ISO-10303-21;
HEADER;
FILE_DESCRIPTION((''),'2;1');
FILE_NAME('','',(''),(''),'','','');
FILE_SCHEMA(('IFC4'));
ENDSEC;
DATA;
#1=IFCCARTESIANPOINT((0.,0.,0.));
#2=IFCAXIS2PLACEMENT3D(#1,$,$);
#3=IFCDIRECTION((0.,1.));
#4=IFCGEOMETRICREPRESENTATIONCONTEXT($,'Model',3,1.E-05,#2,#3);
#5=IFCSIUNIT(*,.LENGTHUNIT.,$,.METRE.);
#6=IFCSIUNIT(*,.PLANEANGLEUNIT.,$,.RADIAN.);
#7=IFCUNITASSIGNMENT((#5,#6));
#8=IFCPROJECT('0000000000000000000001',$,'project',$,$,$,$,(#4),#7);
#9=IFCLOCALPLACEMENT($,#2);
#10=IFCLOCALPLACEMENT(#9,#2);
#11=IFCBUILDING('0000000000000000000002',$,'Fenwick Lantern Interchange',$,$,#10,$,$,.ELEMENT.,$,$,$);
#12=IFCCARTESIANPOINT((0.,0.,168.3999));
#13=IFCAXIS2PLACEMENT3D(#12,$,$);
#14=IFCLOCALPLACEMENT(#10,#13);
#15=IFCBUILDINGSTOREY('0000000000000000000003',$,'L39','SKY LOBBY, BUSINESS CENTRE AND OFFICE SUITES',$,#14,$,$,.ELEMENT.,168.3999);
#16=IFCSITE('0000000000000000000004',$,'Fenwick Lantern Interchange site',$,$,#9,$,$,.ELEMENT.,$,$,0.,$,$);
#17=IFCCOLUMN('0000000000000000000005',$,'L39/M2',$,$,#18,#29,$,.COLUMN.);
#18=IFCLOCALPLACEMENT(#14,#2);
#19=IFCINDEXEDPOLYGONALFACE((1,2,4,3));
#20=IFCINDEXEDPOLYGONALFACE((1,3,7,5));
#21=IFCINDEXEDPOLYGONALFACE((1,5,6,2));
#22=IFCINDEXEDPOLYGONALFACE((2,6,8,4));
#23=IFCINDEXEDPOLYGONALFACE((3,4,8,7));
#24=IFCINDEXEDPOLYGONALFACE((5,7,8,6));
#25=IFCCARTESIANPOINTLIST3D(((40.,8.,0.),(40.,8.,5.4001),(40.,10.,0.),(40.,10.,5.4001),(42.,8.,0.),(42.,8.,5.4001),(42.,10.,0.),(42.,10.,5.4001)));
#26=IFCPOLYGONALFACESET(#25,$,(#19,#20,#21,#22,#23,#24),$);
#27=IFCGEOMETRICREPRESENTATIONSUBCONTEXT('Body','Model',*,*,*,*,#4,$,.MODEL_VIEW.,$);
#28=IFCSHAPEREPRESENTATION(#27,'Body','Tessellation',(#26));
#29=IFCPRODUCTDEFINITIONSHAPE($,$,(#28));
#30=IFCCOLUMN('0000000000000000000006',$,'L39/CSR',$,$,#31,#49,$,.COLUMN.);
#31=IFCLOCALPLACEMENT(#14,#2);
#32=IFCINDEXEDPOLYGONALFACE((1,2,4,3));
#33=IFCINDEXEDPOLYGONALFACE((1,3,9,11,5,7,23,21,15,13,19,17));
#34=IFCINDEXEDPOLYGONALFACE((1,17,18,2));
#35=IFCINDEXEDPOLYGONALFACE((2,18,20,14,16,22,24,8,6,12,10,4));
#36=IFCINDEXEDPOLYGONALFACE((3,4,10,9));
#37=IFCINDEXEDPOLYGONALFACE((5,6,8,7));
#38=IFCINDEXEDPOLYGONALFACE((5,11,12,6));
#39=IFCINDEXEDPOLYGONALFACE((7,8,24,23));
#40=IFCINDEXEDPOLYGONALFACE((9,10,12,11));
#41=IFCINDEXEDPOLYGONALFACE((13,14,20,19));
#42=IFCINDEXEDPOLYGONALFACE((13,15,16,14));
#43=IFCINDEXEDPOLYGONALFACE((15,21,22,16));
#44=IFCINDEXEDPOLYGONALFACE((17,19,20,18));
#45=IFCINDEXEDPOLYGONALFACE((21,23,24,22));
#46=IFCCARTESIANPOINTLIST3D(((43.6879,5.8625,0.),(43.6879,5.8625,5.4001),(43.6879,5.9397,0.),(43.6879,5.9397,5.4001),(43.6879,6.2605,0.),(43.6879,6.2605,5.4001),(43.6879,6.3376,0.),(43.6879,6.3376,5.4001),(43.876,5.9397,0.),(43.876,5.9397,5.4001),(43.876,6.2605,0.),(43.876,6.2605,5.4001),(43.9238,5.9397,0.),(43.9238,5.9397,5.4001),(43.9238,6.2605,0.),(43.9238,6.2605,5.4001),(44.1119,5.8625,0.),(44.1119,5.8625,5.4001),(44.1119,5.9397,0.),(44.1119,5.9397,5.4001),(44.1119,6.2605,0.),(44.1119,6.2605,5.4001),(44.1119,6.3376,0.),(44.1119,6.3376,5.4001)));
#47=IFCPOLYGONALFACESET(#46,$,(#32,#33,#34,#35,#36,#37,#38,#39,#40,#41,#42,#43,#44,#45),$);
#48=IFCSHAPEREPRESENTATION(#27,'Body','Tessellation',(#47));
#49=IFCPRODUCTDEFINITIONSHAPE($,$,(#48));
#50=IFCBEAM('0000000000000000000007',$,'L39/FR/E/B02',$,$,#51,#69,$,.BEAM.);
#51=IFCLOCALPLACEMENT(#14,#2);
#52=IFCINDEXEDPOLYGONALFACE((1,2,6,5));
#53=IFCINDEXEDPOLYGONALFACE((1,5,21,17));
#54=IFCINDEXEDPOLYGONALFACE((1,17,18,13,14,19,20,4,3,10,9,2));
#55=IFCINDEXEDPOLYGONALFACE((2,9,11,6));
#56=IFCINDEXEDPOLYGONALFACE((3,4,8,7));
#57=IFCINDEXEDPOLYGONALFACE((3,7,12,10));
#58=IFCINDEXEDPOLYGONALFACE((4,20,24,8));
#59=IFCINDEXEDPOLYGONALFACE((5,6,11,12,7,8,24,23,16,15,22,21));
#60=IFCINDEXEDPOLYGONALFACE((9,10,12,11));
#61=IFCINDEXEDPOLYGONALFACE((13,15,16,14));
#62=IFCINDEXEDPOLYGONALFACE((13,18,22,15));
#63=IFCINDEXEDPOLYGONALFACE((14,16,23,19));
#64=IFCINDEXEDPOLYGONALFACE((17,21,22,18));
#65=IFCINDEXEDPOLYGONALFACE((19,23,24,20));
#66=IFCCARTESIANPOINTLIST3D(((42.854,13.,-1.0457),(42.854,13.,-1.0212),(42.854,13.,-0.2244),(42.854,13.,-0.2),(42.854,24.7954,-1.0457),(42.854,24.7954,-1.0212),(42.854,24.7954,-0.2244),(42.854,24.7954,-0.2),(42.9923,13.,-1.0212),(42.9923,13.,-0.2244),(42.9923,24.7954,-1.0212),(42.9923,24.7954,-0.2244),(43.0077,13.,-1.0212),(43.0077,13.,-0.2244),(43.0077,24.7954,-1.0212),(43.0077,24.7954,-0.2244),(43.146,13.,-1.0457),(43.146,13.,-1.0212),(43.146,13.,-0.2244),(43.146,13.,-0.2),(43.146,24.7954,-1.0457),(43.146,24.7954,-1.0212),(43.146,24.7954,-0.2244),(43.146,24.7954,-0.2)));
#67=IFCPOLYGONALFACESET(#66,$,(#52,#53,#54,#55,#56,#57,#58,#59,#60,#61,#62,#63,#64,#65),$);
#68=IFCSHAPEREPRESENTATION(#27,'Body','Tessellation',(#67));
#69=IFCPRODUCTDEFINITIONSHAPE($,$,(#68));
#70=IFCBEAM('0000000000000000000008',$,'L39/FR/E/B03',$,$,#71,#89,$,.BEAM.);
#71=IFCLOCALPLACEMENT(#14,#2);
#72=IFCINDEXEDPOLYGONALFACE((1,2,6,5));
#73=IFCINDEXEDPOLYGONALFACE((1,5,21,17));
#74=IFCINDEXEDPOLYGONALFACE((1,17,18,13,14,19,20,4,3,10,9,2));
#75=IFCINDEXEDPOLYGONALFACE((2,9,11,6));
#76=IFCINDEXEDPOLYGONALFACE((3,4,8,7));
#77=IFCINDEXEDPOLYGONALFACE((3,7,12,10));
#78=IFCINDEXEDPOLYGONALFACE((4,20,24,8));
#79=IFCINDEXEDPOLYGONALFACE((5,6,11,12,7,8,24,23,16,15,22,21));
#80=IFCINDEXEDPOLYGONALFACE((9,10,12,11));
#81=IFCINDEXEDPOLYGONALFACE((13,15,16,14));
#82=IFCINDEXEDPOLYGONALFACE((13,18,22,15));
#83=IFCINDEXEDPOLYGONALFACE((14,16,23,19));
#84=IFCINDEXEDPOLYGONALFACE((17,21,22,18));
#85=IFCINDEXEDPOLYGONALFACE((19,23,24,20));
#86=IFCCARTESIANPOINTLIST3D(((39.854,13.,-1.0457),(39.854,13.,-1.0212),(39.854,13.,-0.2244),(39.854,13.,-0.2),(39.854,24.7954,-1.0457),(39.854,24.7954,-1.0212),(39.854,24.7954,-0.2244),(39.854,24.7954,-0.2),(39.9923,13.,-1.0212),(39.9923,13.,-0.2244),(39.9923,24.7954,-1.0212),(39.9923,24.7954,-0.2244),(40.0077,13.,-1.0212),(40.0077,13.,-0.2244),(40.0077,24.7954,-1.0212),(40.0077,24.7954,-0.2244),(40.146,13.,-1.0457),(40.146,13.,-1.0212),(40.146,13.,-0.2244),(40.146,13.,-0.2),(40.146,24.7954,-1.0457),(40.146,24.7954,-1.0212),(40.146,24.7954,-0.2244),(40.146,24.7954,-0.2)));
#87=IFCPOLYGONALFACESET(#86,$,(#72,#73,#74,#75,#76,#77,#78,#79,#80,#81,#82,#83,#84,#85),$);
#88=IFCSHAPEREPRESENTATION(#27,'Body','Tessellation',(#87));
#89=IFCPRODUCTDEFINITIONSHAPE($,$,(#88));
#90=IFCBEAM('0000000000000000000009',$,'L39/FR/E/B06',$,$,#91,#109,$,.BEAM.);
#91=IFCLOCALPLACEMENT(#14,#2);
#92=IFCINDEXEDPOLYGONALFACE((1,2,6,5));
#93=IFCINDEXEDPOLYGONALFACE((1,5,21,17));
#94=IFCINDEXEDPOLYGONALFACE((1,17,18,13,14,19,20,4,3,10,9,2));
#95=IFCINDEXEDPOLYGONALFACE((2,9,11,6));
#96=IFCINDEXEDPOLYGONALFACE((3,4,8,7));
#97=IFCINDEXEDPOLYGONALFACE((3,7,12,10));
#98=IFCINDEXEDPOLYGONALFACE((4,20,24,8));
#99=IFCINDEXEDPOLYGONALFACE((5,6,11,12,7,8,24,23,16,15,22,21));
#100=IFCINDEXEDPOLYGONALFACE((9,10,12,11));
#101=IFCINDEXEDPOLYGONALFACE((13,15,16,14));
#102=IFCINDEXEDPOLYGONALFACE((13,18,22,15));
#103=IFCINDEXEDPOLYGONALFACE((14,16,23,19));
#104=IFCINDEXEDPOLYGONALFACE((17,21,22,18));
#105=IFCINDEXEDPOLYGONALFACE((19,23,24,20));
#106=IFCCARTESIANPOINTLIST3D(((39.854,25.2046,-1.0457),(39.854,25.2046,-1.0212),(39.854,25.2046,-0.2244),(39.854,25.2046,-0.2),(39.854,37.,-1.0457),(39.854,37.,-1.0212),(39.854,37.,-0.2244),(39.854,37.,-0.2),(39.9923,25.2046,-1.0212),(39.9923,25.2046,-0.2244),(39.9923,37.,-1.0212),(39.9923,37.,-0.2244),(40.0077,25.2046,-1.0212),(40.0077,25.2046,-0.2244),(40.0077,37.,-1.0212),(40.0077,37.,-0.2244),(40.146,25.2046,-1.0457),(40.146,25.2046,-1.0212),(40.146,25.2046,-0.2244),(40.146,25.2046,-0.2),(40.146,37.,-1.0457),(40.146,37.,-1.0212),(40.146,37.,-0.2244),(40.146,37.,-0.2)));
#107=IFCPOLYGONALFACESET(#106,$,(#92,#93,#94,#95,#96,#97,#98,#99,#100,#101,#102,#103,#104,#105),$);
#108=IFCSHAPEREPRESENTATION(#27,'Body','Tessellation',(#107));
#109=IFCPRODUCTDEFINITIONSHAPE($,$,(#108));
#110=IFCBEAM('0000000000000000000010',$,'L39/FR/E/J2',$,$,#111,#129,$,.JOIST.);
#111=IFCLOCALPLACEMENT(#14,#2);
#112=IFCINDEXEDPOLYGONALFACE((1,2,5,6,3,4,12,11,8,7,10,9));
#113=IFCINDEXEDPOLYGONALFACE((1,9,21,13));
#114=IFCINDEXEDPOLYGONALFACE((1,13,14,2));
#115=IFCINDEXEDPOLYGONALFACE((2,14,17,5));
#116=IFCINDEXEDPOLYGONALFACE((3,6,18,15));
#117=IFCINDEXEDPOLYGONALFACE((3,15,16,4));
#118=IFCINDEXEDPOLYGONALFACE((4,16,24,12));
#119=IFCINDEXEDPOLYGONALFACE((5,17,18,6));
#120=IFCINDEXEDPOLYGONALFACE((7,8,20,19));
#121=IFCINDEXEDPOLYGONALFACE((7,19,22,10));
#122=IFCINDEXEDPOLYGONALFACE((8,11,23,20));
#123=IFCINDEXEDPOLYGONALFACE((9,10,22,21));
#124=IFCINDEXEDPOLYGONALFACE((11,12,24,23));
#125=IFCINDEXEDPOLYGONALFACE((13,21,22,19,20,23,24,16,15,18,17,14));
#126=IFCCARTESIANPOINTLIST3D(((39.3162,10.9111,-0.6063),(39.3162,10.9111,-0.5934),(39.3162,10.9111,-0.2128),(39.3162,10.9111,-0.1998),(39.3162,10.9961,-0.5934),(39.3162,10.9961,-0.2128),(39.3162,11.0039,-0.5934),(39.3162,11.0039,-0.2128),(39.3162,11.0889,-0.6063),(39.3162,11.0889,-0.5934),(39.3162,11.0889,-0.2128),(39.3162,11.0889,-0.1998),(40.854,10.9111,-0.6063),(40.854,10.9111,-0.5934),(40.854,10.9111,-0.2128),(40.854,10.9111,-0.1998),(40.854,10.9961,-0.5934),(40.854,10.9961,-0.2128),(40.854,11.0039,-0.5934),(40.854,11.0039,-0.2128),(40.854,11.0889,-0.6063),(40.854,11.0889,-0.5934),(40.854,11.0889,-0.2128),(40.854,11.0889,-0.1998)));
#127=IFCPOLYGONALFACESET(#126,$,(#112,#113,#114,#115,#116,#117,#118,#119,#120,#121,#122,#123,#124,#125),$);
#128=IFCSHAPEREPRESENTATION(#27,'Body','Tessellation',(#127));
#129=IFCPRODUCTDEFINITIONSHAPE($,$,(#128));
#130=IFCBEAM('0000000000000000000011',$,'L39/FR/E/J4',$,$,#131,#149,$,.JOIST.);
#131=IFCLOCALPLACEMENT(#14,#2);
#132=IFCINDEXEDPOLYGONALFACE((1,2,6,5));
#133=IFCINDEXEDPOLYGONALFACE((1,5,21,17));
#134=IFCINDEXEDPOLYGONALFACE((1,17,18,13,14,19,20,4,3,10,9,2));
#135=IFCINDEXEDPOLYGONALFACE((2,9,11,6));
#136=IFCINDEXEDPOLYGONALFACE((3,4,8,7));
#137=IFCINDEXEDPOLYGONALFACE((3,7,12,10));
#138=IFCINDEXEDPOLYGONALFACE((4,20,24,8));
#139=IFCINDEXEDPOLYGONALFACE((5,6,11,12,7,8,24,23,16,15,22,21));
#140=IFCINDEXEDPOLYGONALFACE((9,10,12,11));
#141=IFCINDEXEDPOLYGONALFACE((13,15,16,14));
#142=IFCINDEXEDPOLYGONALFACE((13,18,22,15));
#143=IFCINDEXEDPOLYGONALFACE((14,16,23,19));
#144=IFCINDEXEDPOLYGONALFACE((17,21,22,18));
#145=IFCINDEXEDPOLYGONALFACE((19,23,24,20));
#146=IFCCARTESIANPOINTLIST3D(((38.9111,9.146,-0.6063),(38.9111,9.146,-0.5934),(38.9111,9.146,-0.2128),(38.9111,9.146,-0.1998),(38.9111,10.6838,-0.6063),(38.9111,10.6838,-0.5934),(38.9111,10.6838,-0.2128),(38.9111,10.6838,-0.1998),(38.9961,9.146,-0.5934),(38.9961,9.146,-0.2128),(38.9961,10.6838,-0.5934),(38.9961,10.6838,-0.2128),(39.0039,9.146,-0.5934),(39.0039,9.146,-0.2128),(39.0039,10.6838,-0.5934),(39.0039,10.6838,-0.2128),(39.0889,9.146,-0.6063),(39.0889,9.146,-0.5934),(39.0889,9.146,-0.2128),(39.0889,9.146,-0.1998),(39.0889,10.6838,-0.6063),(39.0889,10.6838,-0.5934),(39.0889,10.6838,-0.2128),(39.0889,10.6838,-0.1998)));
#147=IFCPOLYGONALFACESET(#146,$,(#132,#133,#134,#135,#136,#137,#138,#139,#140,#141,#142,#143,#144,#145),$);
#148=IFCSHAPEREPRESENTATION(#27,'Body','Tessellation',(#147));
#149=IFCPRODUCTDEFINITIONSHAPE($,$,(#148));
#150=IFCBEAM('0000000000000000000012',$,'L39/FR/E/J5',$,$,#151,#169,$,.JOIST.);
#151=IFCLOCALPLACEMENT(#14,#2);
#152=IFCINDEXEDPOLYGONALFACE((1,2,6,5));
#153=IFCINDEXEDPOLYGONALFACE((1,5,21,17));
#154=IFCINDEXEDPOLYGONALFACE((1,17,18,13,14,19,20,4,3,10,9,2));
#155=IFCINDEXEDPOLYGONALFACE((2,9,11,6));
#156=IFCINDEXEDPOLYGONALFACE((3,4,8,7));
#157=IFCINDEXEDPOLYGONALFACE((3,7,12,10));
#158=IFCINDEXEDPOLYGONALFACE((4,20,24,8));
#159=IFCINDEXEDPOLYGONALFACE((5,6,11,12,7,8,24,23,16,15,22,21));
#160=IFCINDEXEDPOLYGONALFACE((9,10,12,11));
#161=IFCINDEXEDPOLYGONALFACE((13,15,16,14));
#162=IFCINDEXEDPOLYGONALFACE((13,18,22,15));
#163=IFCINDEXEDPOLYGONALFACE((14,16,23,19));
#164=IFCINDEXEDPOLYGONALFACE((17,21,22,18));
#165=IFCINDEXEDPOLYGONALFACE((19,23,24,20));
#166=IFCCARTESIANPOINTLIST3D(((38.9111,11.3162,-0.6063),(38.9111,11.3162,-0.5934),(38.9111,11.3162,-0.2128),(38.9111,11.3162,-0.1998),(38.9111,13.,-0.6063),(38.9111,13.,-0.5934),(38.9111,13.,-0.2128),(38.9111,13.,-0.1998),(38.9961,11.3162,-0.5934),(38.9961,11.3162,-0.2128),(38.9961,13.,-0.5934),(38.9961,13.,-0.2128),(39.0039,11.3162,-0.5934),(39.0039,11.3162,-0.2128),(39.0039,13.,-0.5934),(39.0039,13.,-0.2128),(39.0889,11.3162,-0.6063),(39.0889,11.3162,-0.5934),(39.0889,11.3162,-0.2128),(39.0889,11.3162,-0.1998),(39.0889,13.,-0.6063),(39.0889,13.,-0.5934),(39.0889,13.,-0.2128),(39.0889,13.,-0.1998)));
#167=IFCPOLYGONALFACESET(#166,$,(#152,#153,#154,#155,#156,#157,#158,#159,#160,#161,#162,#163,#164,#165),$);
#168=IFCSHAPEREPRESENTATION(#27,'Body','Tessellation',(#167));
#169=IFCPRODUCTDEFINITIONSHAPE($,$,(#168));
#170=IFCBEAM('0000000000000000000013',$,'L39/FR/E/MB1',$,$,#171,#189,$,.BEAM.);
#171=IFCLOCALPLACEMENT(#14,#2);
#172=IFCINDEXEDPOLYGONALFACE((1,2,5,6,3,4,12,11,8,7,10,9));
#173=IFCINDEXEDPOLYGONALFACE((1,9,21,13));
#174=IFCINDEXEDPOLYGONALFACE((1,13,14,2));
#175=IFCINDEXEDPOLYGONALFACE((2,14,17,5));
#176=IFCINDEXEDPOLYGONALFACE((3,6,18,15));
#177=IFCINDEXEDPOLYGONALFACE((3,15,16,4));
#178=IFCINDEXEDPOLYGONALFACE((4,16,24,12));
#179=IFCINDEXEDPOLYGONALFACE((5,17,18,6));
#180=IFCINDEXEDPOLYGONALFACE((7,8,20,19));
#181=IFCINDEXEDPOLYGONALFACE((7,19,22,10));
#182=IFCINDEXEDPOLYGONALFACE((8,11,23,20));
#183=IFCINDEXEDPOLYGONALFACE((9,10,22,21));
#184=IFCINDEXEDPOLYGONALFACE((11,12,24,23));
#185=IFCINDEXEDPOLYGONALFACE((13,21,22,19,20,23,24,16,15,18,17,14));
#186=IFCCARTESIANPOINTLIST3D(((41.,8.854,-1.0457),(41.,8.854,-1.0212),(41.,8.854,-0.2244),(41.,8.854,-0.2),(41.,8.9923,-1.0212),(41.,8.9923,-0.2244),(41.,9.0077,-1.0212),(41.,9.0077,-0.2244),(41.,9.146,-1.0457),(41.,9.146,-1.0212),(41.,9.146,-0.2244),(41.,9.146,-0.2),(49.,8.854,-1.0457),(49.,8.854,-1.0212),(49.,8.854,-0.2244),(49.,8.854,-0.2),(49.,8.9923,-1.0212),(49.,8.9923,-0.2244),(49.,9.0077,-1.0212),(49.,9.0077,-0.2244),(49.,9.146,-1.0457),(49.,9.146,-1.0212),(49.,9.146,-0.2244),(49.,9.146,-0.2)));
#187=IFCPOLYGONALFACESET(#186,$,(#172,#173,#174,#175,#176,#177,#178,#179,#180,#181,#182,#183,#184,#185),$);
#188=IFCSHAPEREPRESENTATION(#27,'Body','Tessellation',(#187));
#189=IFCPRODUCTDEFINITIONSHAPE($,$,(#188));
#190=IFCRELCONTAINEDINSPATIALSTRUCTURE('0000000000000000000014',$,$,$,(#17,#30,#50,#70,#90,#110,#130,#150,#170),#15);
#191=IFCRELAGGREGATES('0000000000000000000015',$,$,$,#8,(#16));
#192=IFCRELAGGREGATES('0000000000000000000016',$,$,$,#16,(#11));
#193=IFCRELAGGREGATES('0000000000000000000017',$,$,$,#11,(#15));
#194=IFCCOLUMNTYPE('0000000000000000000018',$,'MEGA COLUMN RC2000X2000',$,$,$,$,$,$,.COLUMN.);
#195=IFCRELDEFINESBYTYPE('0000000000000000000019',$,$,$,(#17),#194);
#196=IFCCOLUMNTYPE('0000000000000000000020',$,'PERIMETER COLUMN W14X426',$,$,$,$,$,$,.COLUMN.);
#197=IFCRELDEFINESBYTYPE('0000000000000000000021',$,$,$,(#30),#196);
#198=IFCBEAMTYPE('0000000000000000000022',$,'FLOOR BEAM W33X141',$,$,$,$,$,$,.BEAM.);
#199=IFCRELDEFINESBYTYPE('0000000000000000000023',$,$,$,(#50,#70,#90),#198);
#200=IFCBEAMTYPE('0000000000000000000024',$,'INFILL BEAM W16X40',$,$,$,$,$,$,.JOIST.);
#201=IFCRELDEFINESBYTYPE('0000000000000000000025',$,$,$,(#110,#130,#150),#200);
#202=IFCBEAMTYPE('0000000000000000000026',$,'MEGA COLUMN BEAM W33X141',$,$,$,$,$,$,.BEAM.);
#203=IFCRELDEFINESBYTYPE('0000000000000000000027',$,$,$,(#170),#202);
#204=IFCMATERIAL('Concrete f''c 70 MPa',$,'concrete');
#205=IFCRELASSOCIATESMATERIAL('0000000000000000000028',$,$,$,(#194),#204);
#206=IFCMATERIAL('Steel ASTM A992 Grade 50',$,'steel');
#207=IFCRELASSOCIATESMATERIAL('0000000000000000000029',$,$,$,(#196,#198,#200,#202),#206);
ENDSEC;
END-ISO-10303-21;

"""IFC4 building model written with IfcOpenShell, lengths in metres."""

from ifc_helpers import new_model, si_unit, direction, frame, origin, origin_2d, place, context, subcontext, project, spatial, rectangle, i_section, extrude, material, material_profile, profile_set, type_object, element, save


model = new_model("IFC4")

# Units and contexts
model_context = context("Model", 3, precision=1e-05, world=origin(), true_north=direction((0.0, 1.0)))
body_context = subcontext(model_context, "Body", "Model", "MODEL_VIEW")
ifc_project = project(units=[si_unit("LENGTHUNIT", "METRE"), si_unit("PLANEANGLEUNIT", "RADIAN")], contexts=[model_context])

# Site, building, storey
site_placement = place(None, origin())
site = spatial("IfcSite", under=ifc_project, at=site_placement, Name="Fenwick Lantern Interchange site", CompositionType="ELEMENT", RefElevation=0.0)
building_placement = place(site_placement, origin())
building = spatial("IfcBuilding", under=site, at=building_placement, Name="Fenwick Lantern Interchange", CompositionType="ELEMENT")
storey_placement = place(building_placement, frame((0.0, 0.0, 168.3999)))
storey = spatial("IfcBuildingStorey", under=building, at=storey_placement, Name="L39", Description="SKY LOBBY, BUSINESS CENTRE AND OFFICE SUITES", CompositionType="ELEMENT", Elevation=168.3999)

# Columns
ifc_material_1 = material(Name="Concrete f'c 70 MPa", Category="concrete")
ifc_material_profile_1 = material_profile(ifc_material_1, rectangle(XDim=2.0, YDim=2.0, at=origin_2d()), Name="RC2000X2000")
ifc_profile_set_1 = profile_set([ifc_material_profile_1], Name="Concrete f'c 70 MPa")
column_type_1 = type_object("IfcColumnType", Name="MEGA COLUMN RC2000X2000", PredefinedType="COLUMN", material=ifc_profile_set_1)
column_1_placement = place(storey_placement, frame((41.0, 9.0, 0.0), z_axis=(0.0, 0.0, 1.0), x_axis=(1.0, 0.0, 0.0)))
element("IfcColumn", 1, at=column_1_placement, inside=storey, type_object=column_type_1, Name="L39/M2", PredefinedType="COLUMN", context=body_context, shape_type="SweptSolid", body=[
    extrude(rectangle(XDim=2.0, YDim=2.0, at=origin_2d()), origin(), (0.0, 0.0, 1.0), 5.4001),
])
ifc_material_2 = material(Name="Steel ASTM A992 Grade 50", Category="steel")
ifc_material_profile_2 = material_profile(ifc_material_2, i_section(OverallWidth=0.4241, OverallDepth=0.4751, WebThickness=0.0479, FlangeThickness=0.0771, at=origin_2d()), Name="W14X426")
ifc_profile_set_2 = profile_set([ifc_material_profile_2], Name="Steel ASTM A992 Grade 50")
column_type_2 = type_object("IfcColumnType", Name="PERIMETER COLUMN W14X426", PredefinedType="COLUMN", material=ifc_profile_set_2)
column_2_placement = place(storey_placement, frame((43.8999, 6.1001, 0.0), z_axis=(0.0, 0.0, 1.0), x_axis=(1.0, 0.0, 0.0)))
element("IfcColumn", 2, at=column_2_placement, inside=storey, type_object=column_type_2, Name="L39/CSR", PredefinedType="COLUMN", context=body_context, shape_type="SweptSolid", body=[
    extrude(i_section(OverallWidth=0.4241, OverallDepth=0.4751, WebThickness=0.0479, FlangeThickness=0.0771, at=origin_2d()), origin(), (0.0, 0.0, 1.0), 5.4001),
])

# Beams
ifc_material_profile_3 = material_profile(ifc_material_2, i_section(OverallWidth=0.292, OverallDepth=0.8457, WebThickness=0.0154, FlangeThickness=0.0244, at=origin_2d()), Name="W33X141")
ifc_profile_set_3 = profile_set([ifc_material_profile_3], Name="Steel ASTM A992 Grade 50")
beam_type_1 = type_object("IfcBeamType", Name="FLOOR BEAM W33X141", PredefinedType="BEAM", material=ifc_profile_set_3)
for number, where, z_axis, x_axis, name in (
    (3, (43.0, 13.0, -0.6228), (0.0, 1.0, 0.0), (-1.0, 0.0, 0.0), "L39/FR/E/B02"),
    (4, (40.0, 13.0, -0.6228), (0.0, 1.0, 0.0), (-1.0, 0.0, 0.0), "L39/FR/E/B03"),
    (5, (40.0, 25.2046, -0.6228), (0.0, 1.0, 0.0), (-1.0, 0.0, 0.0), "L39/FR/E/B06"),
):
    element("IfcBeam", number, at=place(storey_placement, frame(where, z_axis=z_axis, x_axis=x_axis)), inside=storey, type_object=beam_type_1, Name=name, PredefinedType="BEAM", context=body_context, shape_type="SweptSolid", body=[
        extrude(i_section(OverallWidth=0.292, OverallDepth=0.8457, WebThickness=0.0154, FlangeThickness=0.0244, at=origin_2d()), origin(), (0.0, 0.0, 1.0), 11.7954),
    ])
ifc_material_profile_4 = material_profile(ifc_material_2, i_section(OverallWidth=0.1777, OverallDepth=0.4065, WebThickness=0.0078, FlangeThickness=0.0129, at=origin_2d()), Name="W16X40")
ifc_profile_set_4 = profile_set([ifc_material_profile_4], Name="Steel ASTM A992 Grade 50")
beam_type_2 = type_object("IfcBeamType", Name="INFILL BEAM W16X40", PredefinedType="JOIST", material=ifc_profile_set_4)
for number, where, z_axis, x_axis, name in (
    (6, (40.854, 11.0, -0.4031), (-1.0, 0.0, 0.0), (0.0, -1.0, 0.0), "L39/FR/E/J2"),
    (7, (39.0, 9.146, -0.4031), (0.0, 1.0, 0.0), (-1.0, 0.0, 0.0), "L39/FR/E/J4"),
):
    element("IfcBeam", number, at=place(storey_placement, frame(where, z_axis=z_axis, x_axis=x_axis)), inside=storey, type_object=beam_type_2, Name=name, PredefinedType="JOIST", context=body_context, shape_type="SweptSolid", body=[
        extrude(i_section(OverallWidth=0.1777, OverallDepth=0.4065, WebThickness=0.0078, FlangeThickness=0.0129, at=origin_2d()), origin(), (0.0, 0.0, 1.0), 1.5378),
    ])
beam_1_placement = place(storey_placement, frame((39.0, 11.3162, -0.4031), z_axis=(0.0, 1.0, 0.0), x_axis=(-1.0, 0.0, 0.0)))
element("IfcBeam", 8, at=beam_1_placement, inside=storey, type_object=beam_type_2, Name="L39/FR/E/J5", PredefinedType="JOIST", context=body_context, shape_type="SweptSolid", body=[
    extrude(i_section(OverallWidth=0.1777, OverallDepth=0.4065, WebThickness=0.0078, FlangeThickness=0.0129, at=origin_2d()), origin(), (0.0, 0.0, 1.0), 1.6838),
])
ifc_material_profile_5 = material_profile(ifc_material_2, i_section(OverallWidth=0.292, OverallDepth=0.8457, WebThickness=0.0154, FlangeThickness=0.0244, at=origin_2d()), Name="W33X141")
ifc_profile_set_5 = profile_set([ifc_material_profile_5], Name="Steel ASTM A992 Grade 50")
beam_type_3 = type_object("IfcBeamType", Name="MEGA COLUMN BEAM W33X141", PredefinedType="BEAM", material=ifc_profile_set_5)
for number, where, z_axis, x_axis, name in (
    (9, (41.0, 9.0, -0.6228), (1.0, 0.0, 0.0), (0.0, 1.0, 0.0), "L39/FR/E/MB1"),
):
    element("IfcBeam", number, at=place(storey_placement, frame(where, z_axis=z_axis, x_axis=x_axis)), inside=storey, type_object=beam_type_3, Name=name, PredefinedType="BEAM", context=body_context, shape_type="SweptSolid", body=[
        extrude(i_section(OverallWidth=0.292, OverallDepth=0.8457, WebThickness=0.0154, FlangeThickness=0.0244, at=origin_2d()), origin(), (0.0, 0.0, 1.0), 8.0),
    ])

save(model, "model.ifc")
